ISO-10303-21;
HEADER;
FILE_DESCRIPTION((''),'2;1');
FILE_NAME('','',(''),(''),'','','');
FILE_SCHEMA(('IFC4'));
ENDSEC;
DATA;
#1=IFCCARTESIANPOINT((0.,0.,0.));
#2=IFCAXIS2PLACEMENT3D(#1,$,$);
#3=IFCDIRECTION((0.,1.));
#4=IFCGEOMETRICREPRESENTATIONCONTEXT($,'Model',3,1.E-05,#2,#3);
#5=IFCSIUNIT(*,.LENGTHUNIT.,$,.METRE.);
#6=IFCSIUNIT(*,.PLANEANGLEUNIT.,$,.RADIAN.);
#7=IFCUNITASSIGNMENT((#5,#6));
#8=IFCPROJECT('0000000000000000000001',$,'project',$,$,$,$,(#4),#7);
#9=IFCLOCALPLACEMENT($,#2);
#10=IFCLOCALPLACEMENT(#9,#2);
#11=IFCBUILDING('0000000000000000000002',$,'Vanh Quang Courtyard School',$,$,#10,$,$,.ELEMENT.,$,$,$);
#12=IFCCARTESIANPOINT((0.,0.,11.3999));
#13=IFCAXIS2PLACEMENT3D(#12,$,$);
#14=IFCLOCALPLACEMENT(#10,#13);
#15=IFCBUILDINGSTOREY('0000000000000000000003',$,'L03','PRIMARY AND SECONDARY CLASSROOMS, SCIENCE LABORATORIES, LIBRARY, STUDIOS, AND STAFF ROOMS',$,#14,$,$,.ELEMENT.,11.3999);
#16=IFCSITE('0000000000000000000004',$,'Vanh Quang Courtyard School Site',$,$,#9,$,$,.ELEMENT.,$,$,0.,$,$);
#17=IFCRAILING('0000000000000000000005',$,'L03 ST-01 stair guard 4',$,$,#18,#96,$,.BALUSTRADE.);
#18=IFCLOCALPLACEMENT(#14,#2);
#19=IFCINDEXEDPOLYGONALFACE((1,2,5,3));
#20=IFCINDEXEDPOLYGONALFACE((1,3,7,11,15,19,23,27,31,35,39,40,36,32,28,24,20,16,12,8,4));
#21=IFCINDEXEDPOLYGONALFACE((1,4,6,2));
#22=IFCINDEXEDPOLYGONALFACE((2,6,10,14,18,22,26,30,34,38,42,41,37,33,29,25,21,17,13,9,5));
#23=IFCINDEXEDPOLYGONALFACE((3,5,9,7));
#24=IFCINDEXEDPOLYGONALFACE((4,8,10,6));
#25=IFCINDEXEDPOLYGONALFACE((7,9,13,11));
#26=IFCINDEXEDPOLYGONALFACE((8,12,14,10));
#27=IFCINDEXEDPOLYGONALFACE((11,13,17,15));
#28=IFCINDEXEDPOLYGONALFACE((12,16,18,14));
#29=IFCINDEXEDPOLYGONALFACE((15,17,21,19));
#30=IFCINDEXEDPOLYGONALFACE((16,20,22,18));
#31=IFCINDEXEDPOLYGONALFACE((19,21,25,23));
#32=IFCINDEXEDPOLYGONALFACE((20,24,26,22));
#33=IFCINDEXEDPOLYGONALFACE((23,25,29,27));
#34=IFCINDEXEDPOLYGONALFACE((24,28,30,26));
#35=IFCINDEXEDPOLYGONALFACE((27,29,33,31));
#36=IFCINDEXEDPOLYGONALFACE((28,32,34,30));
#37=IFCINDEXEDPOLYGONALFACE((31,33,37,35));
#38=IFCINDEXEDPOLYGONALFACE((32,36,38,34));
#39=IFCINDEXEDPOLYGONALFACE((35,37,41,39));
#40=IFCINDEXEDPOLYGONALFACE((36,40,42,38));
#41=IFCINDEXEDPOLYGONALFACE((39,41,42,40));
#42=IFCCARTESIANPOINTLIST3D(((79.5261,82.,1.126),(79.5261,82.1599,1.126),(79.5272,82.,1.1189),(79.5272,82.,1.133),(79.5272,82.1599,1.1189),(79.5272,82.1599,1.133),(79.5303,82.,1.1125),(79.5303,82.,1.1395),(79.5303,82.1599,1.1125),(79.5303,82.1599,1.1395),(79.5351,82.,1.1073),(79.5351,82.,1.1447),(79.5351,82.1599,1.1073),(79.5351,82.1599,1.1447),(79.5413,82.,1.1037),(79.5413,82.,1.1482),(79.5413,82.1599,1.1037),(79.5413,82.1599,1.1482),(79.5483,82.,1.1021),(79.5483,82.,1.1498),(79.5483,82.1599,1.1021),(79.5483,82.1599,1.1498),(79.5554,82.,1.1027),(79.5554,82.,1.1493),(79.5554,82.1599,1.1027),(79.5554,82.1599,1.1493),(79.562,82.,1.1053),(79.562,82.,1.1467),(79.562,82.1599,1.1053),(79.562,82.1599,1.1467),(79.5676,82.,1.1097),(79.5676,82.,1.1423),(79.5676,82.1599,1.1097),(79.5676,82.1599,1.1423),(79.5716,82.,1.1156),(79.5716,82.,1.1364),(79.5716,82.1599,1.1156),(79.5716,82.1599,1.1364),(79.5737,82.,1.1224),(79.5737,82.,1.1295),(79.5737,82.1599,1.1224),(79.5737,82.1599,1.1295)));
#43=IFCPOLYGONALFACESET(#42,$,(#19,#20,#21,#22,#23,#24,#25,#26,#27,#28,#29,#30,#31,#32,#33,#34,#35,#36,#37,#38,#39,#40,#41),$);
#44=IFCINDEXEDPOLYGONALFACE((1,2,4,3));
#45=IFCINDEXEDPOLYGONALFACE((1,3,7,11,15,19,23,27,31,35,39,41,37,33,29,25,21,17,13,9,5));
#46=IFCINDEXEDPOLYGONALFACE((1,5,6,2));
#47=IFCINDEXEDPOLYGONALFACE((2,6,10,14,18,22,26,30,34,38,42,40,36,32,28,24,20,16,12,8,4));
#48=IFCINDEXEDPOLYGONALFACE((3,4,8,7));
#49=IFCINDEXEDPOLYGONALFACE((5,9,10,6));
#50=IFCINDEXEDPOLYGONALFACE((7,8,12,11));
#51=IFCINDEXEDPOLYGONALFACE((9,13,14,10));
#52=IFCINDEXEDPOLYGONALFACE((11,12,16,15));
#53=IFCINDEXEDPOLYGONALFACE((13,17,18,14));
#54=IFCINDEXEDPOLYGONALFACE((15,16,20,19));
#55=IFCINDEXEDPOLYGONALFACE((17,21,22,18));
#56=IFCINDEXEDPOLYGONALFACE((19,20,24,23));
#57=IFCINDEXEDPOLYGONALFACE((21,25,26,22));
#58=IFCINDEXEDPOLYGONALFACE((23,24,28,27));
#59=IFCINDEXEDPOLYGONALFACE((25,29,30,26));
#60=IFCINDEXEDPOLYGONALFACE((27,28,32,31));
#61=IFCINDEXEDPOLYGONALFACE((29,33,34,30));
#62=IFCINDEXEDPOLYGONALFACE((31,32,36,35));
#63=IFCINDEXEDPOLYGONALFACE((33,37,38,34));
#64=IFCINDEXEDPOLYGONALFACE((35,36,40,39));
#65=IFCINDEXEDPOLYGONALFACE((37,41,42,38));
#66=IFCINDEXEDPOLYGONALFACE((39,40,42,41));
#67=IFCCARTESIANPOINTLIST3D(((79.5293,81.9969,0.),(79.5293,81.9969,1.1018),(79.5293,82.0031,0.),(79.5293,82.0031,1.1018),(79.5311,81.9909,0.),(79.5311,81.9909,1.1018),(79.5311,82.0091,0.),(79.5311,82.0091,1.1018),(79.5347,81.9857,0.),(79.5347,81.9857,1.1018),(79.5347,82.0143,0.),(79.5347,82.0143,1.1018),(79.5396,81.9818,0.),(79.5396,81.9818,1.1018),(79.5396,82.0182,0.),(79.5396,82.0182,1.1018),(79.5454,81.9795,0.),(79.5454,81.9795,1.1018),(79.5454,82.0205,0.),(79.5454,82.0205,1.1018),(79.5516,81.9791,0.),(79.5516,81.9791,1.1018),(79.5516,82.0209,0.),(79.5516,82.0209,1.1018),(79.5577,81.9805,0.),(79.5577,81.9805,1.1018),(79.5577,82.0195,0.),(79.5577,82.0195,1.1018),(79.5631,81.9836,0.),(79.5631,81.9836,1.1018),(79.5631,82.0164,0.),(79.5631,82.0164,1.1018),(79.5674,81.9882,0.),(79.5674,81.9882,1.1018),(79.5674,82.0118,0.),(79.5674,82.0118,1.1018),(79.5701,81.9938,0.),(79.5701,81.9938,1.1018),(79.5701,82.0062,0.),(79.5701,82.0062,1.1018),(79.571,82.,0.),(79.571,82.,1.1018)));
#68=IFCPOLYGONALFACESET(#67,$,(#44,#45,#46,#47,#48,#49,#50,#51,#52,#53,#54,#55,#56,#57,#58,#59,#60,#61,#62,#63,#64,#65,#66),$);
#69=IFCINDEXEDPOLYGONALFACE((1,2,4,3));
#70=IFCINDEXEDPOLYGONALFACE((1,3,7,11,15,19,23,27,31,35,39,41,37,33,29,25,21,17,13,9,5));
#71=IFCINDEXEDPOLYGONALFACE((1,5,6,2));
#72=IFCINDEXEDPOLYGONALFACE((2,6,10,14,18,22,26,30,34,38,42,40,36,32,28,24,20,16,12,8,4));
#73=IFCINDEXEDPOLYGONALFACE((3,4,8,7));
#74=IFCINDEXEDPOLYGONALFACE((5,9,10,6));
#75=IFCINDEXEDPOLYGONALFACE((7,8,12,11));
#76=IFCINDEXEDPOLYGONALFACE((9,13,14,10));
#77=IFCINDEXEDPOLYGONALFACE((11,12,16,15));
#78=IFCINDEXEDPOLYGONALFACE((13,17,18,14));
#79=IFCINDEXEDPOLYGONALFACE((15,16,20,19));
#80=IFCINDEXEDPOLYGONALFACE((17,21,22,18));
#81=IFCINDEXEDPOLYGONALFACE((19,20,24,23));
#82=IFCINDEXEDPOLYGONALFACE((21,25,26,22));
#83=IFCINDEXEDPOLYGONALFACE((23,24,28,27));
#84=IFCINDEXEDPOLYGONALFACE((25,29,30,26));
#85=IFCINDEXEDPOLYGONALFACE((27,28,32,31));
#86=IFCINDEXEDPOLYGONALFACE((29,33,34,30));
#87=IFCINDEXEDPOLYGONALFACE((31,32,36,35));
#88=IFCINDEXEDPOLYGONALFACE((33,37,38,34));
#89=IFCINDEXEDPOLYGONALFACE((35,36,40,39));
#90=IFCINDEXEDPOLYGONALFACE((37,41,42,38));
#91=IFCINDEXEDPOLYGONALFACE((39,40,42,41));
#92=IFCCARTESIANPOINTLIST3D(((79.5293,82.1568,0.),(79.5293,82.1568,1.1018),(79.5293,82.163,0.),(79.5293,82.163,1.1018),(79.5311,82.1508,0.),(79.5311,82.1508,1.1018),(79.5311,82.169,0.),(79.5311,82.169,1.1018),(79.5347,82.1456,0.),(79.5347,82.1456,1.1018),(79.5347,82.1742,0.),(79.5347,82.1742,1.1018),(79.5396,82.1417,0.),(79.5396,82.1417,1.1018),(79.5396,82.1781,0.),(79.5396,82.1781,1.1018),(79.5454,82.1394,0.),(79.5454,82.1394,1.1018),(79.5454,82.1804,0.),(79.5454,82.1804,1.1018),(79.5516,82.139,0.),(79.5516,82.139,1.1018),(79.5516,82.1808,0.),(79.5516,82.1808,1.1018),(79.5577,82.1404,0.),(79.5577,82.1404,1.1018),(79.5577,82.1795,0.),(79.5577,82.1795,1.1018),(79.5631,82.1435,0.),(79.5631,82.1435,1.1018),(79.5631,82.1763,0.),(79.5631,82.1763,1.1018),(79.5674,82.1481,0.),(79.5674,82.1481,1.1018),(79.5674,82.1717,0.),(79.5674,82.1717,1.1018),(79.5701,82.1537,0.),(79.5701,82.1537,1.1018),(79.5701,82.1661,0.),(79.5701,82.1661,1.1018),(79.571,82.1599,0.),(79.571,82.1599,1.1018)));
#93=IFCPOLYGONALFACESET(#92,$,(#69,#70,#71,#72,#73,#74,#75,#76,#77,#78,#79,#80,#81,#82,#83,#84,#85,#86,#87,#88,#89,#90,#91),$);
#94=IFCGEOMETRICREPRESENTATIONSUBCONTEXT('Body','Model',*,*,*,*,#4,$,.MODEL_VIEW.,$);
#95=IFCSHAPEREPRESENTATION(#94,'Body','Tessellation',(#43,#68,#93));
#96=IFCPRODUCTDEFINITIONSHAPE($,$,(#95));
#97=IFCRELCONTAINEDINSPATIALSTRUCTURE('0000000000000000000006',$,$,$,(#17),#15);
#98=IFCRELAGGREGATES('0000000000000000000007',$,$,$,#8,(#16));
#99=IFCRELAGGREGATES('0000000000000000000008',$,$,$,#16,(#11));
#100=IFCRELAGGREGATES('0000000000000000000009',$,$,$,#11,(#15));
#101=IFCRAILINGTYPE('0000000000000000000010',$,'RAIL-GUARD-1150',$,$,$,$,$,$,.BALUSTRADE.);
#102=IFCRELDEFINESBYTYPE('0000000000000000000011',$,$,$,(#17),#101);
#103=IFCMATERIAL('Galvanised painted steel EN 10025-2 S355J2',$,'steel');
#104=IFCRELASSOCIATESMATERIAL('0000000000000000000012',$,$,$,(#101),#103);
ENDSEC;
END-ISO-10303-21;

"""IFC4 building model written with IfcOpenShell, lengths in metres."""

from ifc_helpers import new_model, si_unit, direction, frame, origin, origin_2d, place, context, subcontext, project, spatial, circle, extrude, material, type_object, element, save


model = new_model("IFC4")

# Units and contexts
model_context = context("Model", 3, precision=1e-05, world=origin(), true_north=direction((0.0, 1.0)))
body_context = subcontext(model_context, "Body", "Model", "MODEL_VIEW")
ifc_project = project(units=[si_unit("LENGTHUNIT", "METRE"), si_unit("PLANEANGLEUNIT", "RADIAN")], contexts=[model_context])

# Site, building, storey
site_placement = place(None, origin())
site = spatial("IfcSite", under=ifc_project, at=site_placement, Name="Vanh Quang Courtyard School Site", CompositionType="ELEMENT", RefElevation=0.0)
building_placement = place(site_placement, origin())
building = spatial("IfcBuilding", under=site, at=building_placement, Name="Vanh Quang Courtyard School", CompositionType="ELEMENT")
storey_placement = place(building_placement, frame((0.0, 0.0, 11.3999)))
storey = spatial("IfcBuildingStorey", under=building, at=storey_placement, Name="L03", Description="PRIMARY AND SECONDARY CLASSROOMS, SCIENCE LABORATORIES, LIBRARY, STUDIOS, AND STAFF ROOMS", CompositionType="ELEMENT", Elevation=11.3999)

# Railing
ifc_material_1 = material(Name="Galvanised painted steel EN 10025-2 S355J2", Category="steel")
railing_type_1 = type_object("IfcRailingType", Name="RAIL-GUARD-1150", PredefinedType="BALUSTRADE", material=ifc_material_1)
railing_1_placement = place(storey_placement, frame((79.55, 82.0, 0.0)))
element("IfcRailing", 1, at=railing_1_placement, inside=storey, type_object=railing_type_1, Name="L03 ST-01 stair guard 4", PredefinedType="BALUSTRADE", context=body_context, shape_type="SweptSolid", body=[
    extrude(circle(Radius=0.0239, at=origin_2d()), frame((0.0, 0.0, 1.126), z_axis=(0.0, 1.0, 0.0), x_axis=(-1.0, 0.0, 0.0)), (0.0, 0.0, 1.0), 0.1599),
    extrude(circle(Radius=0.021, at=origin_2d()), origin(), (0.0, 0.0, 1.0), 1.1018),
    extrude(circle(Radius=0.021, at=origin_2d()), frame((0.0, 0.1599, 0.0)), (0.0, 0.0, 1.0), 1.1018),
])

save(model, "model.ifc")
